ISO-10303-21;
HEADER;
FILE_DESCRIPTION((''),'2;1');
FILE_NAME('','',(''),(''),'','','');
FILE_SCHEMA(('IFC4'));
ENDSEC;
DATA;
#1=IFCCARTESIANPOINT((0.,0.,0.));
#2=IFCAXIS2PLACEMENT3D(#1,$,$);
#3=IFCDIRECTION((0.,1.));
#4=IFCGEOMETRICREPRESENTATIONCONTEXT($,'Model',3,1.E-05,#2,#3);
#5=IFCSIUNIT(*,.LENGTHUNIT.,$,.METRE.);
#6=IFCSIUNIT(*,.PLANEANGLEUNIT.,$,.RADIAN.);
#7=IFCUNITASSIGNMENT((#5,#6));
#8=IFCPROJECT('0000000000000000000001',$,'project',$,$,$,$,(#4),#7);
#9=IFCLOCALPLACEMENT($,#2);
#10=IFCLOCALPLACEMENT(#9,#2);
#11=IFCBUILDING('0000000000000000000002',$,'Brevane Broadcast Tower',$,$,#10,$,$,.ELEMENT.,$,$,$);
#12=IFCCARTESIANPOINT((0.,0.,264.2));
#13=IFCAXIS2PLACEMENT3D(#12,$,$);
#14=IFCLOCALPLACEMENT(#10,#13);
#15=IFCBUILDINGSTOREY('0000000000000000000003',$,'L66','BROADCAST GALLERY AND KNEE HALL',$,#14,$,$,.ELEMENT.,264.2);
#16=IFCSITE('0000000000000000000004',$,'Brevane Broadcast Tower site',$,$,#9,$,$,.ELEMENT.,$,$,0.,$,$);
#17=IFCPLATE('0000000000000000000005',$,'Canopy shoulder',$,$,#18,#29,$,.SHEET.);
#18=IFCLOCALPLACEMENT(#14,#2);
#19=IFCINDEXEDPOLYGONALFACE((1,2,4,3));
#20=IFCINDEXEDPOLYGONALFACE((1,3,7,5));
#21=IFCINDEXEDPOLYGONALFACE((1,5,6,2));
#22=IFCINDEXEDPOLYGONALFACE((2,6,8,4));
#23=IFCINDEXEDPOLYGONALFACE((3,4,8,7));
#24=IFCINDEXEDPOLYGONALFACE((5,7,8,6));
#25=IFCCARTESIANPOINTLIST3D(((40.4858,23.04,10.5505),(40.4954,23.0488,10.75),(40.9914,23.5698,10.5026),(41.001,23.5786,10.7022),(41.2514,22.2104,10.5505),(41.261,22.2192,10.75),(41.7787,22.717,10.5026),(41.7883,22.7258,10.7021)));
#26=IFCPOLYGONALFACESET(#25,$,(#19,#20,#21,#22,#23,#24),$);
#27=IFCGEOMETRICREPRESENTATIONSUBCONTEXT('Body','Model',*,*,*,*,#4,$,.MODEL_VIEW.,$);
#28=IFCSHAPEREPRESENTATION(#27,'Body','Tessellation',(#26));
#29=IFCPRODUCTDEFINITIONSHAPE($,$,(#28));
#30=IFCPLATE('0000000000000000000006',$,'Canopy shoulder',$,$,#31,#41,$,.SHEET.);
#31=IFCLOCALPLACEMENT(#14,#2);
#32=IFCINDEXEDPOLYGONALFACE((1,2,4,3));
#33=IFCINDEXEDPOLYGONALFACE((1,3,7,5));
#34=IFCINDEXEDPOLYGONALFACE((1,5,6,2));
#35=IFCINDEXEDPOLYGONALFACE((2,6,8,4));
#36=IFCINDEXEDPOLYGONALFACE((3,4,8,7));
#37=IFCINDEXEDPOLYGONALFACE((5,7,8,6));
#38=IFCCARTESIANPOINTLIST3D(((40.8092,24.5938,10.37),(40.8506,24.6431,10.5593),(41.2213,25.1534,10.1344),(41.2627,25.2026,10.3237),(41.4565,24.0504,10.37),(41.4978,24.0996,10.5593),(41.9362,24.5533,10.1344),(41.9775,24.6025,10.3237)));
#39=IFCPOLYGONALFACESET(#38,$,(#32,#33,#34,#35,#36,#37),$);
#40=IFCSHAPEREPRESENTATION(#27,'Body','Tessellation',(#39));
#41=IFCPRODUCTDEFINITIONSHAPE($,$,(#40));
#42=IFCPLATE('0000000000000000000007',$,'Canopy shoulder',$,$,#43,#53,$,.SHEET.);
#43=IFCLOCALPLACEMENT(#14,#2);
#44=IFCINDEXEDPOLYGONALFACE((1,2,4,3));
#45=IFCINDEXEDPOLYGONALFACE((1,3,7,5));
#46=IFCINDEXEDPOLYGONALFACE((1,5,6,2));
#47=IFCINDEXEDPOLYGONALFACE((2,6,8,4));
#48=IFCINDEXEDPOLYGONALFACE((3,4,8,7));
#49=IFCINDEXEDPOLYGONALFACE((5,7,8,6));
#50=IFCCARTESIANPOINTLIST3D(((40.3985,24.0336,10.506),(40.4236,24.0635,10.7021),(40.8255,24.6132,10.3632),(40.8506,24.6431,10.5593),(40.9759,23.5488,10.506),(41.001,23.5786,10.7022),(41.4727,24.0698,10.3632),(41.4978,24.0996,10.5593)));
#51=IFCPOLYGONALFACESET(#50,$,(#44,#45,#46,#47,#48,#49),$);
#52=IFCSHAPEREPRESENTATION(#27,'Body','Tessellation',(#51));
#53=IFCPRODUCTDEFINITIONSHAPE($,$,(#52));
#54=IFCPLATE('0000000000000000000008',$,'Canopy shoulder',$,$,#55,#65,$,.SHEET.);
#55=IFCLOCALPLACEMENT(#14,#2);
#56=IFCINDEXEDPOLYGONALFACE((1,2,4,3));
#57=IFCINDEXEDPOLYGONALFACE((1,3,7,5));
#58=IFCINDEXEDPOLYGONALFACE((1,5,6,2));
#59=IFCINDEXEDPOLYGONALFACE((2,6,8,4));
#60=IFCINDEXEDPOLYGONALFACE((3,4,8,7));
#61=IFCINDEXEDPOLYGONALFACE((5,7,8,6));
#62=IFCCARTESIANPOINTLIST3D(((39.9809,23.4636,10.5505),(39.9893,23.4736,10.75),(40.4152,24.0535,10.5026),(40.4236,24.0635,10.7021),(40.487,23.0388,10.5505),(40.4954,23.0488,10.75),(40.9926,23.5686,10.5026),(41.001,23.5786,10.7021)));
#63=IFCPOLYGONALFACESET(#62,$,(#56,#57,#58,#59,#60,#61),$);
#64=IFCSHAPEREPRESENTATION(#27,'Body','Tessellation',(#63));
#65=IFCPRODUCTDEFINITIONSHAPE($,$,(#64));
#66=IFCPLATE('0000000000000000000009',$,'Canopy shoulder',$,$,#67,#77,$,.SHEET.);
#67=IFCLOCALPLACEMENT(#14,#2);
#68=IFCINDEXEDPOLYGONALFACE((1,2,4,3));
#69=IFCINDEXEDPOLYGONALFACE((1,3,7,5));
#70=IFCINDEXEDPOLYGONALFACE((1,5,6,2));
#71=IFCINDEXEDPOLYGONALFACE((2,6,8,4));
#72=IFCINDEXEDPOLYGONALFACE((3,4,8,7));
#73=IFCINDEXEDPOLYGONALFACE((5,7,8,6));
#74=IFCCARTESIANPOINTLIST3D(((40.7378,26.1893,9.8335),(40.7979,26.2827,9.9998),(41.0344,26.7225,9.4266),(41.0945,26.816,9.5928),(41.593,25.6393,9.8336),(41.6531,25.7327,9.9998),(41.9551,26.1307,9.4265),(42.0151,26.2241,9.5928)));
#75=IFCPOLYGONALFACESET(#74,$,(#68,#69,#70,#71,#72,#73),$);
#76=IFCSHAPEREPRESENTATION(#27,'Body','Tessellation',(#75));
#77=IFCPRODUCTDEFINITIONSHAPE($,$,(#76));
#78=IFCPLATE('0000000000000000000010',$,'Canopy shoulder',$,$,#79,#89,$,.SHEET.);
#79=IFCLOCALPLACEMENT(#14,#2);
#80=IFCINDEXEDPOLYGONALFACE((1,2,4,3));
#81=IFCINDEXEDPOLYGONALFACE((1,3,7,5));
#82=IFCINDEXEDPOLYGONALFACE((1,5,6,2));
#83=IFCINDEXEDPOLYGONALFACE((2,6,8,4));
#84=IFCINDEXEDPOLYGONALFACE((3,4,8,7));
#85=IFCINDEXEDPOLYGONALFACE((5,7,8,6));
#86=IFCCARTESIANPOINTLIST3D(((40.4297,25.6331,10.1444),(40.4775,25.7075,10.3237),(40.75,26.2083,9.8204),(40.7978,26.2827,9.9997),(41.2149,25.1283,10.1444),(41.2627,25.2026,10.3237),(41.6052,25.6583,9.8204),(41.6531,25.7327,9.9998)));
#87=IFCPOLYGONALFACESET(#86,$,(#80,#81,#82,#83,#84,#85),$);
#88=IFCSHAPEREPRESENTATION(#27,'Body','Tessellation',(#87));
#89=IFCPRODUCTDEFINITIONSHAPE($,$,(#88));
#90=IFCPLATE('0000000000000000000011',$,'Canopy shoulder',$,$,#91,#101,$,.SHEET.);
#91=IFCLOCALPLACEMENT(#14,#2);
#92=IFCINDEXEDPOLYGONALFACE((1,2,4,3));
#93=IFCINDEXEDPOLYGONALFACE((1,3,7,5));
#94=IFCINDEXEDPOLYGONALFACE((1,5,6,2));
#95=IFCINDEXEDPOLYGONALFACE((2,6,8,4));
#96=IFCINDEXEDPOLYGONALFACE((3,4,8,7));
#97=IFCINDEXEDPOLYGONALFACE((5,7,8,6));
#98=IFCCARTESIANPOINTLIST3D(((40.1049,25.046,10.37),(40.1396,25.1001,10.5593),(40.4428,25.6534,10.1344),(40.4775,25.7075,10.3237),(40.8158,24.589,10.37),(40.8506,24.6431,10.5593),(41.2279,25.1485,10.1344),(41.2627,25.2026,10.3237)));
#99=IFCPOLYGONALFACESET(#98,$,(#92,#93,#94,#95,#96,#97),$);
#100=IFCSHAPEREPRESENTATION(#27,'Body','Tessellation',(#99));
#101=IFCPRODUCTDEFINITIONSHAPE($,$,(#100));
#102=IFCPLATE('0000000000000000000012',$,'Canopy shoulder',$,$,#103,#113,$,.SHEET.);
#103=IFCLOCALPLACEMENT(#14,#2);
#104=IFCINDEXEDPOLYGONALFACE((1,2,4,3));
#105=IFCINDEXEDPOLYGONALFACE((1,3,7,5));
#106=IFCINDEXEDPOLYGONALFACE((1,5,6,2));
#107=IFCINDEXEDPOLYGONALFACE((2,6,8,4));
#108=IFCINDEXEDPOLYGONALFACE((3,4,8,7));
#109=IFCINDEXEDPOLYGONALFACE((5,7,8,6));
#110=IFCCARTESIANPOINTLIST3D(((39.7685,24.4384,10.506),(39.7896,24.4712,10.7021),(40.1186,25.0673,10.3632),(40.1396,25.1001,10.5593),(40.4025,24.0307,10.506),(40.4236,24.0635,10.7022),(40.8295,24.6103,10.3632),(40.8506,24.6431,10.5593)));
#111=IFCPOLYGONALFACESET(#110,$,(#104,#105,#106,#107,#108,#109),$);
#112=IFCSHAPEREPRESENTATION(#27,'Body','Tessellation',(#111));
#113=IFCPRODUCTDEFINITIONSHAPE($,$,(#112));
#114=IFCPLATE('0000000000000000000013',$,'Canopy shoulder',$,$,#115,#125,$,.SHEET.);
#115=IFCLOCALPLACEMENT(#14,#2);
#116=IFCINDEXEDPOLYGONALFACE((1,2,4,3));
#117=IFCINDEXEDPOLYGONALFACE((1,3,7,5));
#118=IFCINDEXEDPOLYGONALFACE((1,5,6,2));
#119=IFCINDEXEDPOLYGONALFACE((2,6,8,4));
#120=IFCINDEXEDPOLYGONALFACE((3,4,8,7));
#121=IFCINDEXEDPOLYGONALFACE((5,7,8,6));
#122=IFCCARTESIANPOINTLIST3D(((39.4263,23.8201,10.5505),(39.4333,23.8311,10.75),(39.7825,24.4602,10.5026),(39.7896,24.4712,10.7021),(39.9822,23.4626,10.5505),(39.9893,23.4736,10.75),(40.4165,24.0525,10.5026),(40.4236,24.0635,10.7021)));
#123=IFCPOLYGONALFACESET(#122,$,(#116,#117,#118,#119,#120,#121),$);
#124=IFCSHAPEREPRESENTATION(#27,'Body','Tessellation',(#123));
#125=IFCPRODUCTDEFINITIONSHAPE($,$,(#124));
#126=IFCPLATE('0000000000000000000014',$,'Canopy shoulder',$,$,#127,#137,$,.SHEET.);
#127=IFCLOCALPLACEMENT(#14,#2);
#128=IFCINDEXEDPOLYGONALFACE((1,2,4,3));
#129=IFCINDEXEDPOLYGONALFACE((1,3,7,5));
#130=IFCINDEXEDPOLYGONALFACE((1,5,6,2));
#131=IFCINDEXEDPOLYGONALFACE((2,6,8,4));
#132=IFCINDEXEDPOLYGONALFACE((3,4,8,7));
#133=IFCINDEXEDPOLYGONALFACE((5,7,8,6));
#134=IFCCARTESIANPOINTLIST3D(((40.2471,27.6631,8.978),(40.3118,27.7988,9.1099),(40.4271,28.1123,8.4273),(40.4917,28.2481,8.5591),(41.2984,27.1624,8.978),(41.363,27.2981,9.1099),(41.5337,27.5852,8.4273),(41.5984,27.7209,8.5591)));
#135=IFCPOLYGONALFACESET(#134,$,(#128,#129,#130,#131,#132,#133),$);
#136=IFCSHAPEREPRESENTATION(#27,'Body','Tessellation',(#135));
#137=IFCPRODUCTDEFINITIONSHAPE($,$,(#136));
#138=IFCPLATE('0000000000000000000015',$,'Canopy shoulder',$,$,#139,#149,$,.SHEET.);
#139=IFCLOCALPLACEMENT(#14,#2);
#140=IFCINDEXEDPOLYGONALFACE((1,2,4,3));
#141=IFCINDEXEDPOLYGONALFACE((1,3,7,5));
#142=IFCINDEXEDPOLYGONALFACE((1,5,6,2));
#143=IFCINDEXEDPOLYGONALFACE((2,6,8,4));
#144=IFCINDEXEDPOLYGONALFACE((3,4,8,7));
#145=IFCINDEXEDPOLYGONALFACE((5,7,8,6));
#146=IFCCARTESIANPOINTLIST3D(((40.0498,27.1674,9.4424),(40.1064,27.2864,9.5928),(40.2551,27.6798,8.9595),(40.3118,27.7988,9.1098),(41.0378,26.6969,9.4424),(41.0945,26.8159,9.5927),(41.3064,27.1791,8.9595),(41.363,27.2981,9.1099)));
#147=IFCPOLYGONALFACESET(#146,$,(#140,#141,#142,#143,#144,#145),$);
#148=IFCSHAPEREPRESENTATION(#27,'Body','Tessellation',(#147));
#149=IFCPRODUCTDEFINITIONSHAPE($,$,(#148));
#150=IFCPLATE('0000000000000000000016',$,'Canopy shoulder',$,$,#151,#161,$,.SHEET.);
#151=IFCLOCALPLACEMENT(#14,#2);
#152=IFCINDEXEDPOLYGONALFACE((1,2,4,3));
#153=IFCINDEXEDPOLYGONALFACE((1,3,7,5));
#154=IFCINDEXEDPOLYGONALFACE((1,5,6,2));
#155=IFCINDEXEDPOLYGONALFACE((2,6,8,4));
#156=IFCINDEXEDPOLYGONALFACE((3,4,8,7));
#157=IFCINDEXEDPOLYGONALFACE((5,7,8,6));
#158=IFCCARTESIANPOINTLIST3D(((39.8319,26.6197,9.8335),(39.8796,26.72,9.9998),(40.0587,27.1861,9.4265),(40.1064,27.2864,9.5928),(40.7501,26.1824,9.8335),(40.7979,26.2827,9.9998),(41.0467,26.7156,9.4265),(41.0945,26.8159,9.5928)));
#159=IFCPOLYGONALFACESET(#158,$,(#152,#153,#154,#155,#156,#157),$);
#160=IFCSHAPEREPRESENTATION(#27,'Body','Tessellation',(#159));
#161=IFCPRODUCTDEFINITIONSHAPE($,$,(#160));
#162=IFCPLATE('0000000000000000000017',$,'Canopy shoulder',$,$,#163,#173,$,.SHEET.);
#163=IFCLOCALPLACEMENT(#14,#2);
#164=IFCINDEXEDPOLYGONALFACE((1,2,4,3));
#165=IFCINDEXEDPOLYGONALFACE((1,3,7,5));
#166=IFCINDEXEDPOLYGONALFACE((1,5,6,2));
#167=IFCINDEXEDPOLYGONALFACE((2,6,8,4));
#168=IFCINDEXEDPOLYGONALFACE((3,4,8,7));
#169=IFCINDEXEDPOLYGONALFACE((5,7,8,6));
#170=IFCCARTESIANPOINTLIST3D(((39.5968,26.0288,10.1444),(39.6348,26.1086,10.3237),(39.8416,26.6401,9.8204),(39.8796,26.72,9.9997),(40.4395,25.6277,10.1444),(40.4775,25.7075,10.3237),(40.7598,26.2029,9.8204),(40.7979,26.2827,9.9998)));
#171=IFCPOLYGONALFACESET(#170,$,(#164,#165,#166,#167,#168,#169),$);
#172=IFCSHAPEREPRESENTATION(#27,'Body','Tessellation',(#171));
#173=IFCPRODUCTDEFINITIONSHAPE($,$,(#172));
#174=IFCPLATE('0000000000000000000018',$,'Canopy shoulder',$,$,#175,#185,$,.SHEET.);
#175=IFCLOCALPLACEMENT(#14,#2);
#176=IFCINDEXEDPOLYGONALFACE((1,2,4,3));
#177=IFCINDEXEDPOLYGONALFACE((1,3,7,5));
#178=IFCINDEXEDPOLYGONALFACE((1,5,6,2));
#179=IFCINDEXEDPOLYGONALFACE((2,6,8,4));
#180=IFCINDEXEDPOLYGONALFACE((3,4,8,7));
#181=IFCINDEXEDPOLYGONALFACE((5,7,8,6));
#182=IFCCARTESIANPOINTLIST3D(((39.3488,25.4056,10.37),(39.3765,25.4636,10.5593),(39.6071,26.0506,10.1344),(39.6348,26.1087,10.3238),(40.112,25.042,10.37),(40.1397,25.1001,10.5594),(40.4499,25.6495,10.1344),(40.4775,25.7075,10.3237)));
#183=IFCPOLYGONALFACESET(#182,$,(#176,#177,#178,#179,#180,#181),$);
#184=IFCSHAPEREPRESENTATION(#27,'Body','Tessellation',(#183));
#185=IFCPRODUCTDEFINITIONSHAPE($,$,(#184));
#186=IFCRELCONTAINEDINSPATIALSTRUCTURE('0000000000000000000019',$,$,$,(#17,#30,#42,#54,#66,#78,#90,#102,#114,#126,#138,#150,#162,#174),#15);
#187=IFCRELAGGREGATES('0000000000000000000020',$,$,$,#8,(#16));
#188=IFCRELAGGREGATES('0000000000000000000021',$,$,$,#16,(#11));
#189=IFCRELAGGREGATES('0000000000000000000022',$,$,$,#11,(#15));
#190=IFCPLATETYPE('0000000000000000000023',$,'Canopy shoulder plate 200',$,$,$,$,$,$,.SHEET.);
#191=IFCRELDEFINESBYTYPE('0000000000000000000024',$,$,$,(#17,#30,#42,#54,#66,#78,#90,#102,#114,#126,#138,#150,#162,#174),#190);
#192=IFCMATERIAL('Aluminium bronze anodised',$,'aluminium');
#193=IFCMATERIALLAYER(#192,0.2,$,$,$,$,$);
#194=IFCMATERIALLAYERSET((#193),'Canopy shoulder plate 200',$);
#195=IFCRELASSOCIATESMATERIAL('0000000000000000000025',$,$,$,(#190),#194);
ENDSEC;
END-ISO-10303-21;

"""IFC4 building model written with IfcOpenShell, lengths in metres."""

from ifc_helpers import new_model, si_unit, direction, frame, origin, place, context, subcontext, project, spatial, polyline, outline, extrude, material, layer, layer_set, type_object, element, save


model = new_model("IFC4")

# Units and contexts
model_context = context("Model", 3, precision=1e-05, world=origin(), true_north=direction((0.0, 1.0)))
body_context = subcontext(model_context, "Body", "Model", "MODEL_VIEW")
ifc_project = project(units=[si_unit("LENGTHUNIT", "METRE"), si_unit("PLANEANGLEUNIT", "RADIAN")], contexts=[model_context])

# Site, building, storey
site_placement = place(None, origin())
site = spatial("IfcSite", under=ifc_project, at=site_placement, Name="Brevane Broadcast Tower site", CompositionType="ELEMENT", RefElevation=0.0)
building_placement = place(site_placement, origin())
building = spatial("IfcBuilding", under=site, at=building_placement, Name="Brevane Broadcast Tower", CompositionType="ELEMENT")
storey_placement = place(building_placement, frame((0.0, 0.0, 264.2)))
storey = spatial("IfcBuildingStorey", under=building, at=storey_placement, Name="L66", Description="BROADCAST GALLERY AND KNEE HALL", CompositionType="ELEMENT", Elevation=264.2)

# Plates
ifc_material = material(Name="Aluminium bronze anodised", Category="aluminium")
ifc_layer = layer(ifc_material, 0.2)
ifc_layer_set = layer_set([ifc_layer], Name="Canopy shoulder plate 200")
plate_type = type_object("IfcPlateType", Name="Canopy shoulder plate 200", PredefinedType="SHEET", material=ifc_layer_set)
plate_1_placement = place(storey_placement, frame((41.7883, 22.7258, 10.7021), z_axis=(0.047998, 0.044307, 0.997864), x_axis=(-0.678358, 0.734731, 0.000007)))
element("IfcPlate", 1, at=plate_1_placement, inside=storey, type_object=plate_type, Name="Canopy shoulder", PredefinedType="SHEET", context=body_context, shape_type="SweptSolid", body=[
    extrude(outline(polyline([(0.0, 0.0), (1.1607, 0.0), (1.1144, 0.7324), (-0.0145, 0.7327), (0.0, 0.0)])), origin(), (0.0, 0.0, -1.0), 0.2),
])
plate_2_placement = place(storey_placement, frame((41.9775, 24.6025, 10.3237), z_axis=(0.206806, 0.246322, 0.946867), x_axis=(-0.765897, 0.642963, 0.000017)))
element("IfcPlate", 2, at=plate_2_placement, inside=storey, type_object=plate_type, Name="Canopy shoulder", PredefinedType="SHEET", context=body_context, shape_type="SweptSolid", body=[
    extrude(outline(polyline([(0.0, 0.0), (0.9333, 0.0), (0.8892, 0.7325), (0.0441, 0.7326), (0.0, 0.0)])), origin(), (0.0, 0.0, -1.0), 0.2),
])
plate_3_placement = place(storey_placement, frame((41.4978, 24.0996, 10.5593), z_axis=(0.125381, 0.149314, 0.980808), x_axis=(-0.765824, 0.64305, 0.000003)))
element("IfcPlate", 3, at=plate_3_placement, inside=storey, type_object=plate_type, Name="Canopy shoulder", PredefinedType="SHEET", context=body_context, shape_type="SweptSolid", body=[
    extrude(outline(polyline([(0.0, 0.0), (0.8451, 0.0), (0.7994, 0.7325), (0.0455, 0.7325), (0.0, 0.0)])), origin(), (0.0, 0.0, -1.0), 0.2),
])
plate_4_placement = place(storey_placement, frame((41.001, 23.5786, 10.7021), z_axis=(0.042005, 0.050031, 0.997864), x_axis=(-0.765801, 0.643078, -0.000007)))
element("IfcPlate", 4, at=plate_4_placement, inside=storey, type_object=plate_type, Name="Canopy shoulder", PredefinedType="SHEET", context=body_context, shape_type="SweptSolid", body=[
    extrude(outline(polyline([(0.0, 0.0), (0.754, 0.0), (0.7073, 0.7326), (0.0465, 0.7324), (0.0, 0.0)])), origin(), (0.0, 0.0, -1.0), 0.2),
])
plate_5_placement = place(storey_placement, frame((42.0151, 26.2241, 9.5928), z_axis=(0.30048, 0.467328, 0.831455), x_axis=(-0.84118, 0.540756, 0.000057)))
element("IfcPlate", 5, at=plate_5_placement, inside=storey, type_object=plate_type, Name="Canopy shoulder", PredefinedType="SHEET", context=body_context, shape_type="SweptSolid", body=[
    extrude(outline(polyline([(0.0, 0.0), (1.0945, 0.0), (1.0557, 0.7324), (0.0388, 0.7326), (0.0, 0.0)])), origin(), (0.0, 0.0, -1.0), 0.2),
])
plate_6_placement = place(storey_placement, frame((41.6531, 25.7327, 9.9998), z_axis=(0.239222, 0.371981, 0.896885), x_axis=(-0.841066, 0.540932, -0.000017)))
element("IfcPlate", 6, at=plate_6_placement, inside=storey, type_object=plate_type, Name="Canopy shoulder", PredefinedType="SHEET", context=body_context, shape_type="SweptSolid", body=[
    extrude(outline(polyline([(0.0, 0.0), (1.0168, 0.0), (0.9751, 0.7326), (0.0416, 0.7325), (0.0, 0.0)])), origin(), (0.0, 0.0, -1.0), 0.2),
])
plate_7_placement = place(storey_placement, frame((41.2627, 25.2026, 10.3237), z_axis=(0.173936, 0.270528, 0.946869), x_axis=(-0.841114, 0.540858, -0.000018)))
element("IfcPlate", 7, at=plate_7_placement, inside=storey, type_object=plate_type, Name="Canopy shoulder", PredefinedType="SHEET", context=body_context, shape_type="SweptSolid", body=[
    extrude(outline(polyline([(0.0, 0.0), (0.9335, 0.0), (0.8891, 0.7326), (0.044, 0.7325), (0.0, 0.0)])), origin(), (0.0, 0.0, -1.0), 0.2),
])
plate_8_placement = place(storey_placement, frame((40.8506, 24.6431, 10.5593), z_axis=(0.105454, 0.164016, 0.980805), x_axis=(-0.841177, 0.54076, 0.000012)))
element("IfcPlate", 8, at=plate_8_placement, inside=storey, type_object=plate_type, Name="Canopy shoulder", PredefinedType="SHEET", context=body_context, shape_type="SweptSolid", body=[
    extrude(outline(polyline([(0.0, 0.0), (0.8452, 0.0), (0.7996, 0.7324), (0.0458, 0.7325), (0.0, 0.0)])), origin(), (0.0, 0.0, -1.0), 0.2),
])
plate_9_placement = place(storey_placement, frame((40.4236, 24.0635, 10.7021), z_axis=(0.035326, 0.054938, 0.997865), x_axis=(-0.841105, 0.540872, -0.000002)))
element("IfcPlate", 9, at=plate_9_placement, inside=storey, type_object=plate_type, Name="Canopy shoulder", PredefinedType="SHEET", context=body_context, shape_type="SweptSolid", body=[
    extrude(outline(polyline([(0.0, 0.0), (0.7538, 0.0), (0.7072, 0.7326), (0.0463, 0.7326), (0.0, 0.0)])), origin(), (0.0, 0.0, -1.0), 0.2),
])
plate_10_placement = place(storey_placement, frame((41.5984, 27.7209, 8.5591), z_axis=(0.323322, 0.678822, 0.659291), x_axis=(-0.902825, 0.430009, 0.000005)))
element("IfcPlate", 10, at=plate_10_placement, inside=storey, type_object=plate_type, Name="Canopy shoulder", PredefinedType="SHEET", context=body_context, shape_type="SweptSolid", body=[
    extrude(outline(polyline([(0.0, 0.0), (1.2258, 0.0), (1.1951, 0.7325), (0.0307, 0.7325), (0.0, 0.0)])), origin(), (0.0, 0.0, -1.0), 0.2),
])
plate_11_placement = place(storey_placement, frame((41.363, 27.2981, 9.1099), z_axis=(0.283433, 0.595152, 0.75197), x_axis=(-0.902829, 0.429999, -0.000031)))
element("IfcPlate", 11, at=plate_11_placement, inside=storey, type_object=plate_type, Name="Canopy shoulder", PredefinedType="SHEET", context=body_context, shape_type="SweptSolid", body=[
    extrude(outline(polyline([(0.0, 0.0), (1.1644, 0.0), (1.1294, 0.7326), (0.0351, 0.7325), (0.0, 0.0)])), origin(), (0.0, 0.0, -1.0), 0.2),
])
plate_12_placement = place(storey_placement, frame((41.0945, 26.8159, 9.5928), z_axis=(0.2389, 0.501704, 0.831396), x_axis=(-0.90287, 0.429913, 0.000009)))
element("IfcPlate", 12, at=plate_12_placement, inside=storey, type_object=plate_type, Name="Canopy shoulder", PredefinedType="SHEET", context=body_context, shape_type="SweptSolid", body=[
    extrude(outline(polyline([(0.0, 0.0), (1.0943, 0.0), (1.0556, 0.7324), (0.0386, 0.7324), (0.0, 0.0)])), origin(), (0.0, 0.0, -1.0), 0.2),
])
plate_13_placement = place(storey_placement, frame((40.7979, 26.2827, 9.9998), z_axis=(0.19008, 0.399257, 0.896919), x_axis=(-0.902864, 0.429926, -0.000038)))
element("IfcPlate", 13, at=plate_13_placement, inside=storey, type_object=plate_type, Name="Canopy shoulder", PredefinedType="SHEET", context=body_context, shape_type="SweptSolid", body=[
    extrude(outline(polyline([(0.0, 0.0), (1.017, 0.0), (0.9753, 0.7327), (0.0419, 0.7326), (0.0, 0.0)])), origin(), (0.0, 0.0, -1.0), 0.2),
])
plate_14_placement = place(storey_placement, frame((40.4775, 25.7075, 10.3237), z_axis=(0.138272, 0.290406, 0.946861), x_axis=(-0.902936, 0.429774, 0.000044)))
element("IfcPlate", 14, at=plate_14_placement, inside=storey, type_object=plate_type, Name="Canopy shoulder", PredefinedType="SHEET", context=body_context, shape_type="SweptSolid", body=[
    extrude(outline(polyline([(0.0, 0.0), (0.9334, 0.0), (0.8894, 0.7324), (0.044, 0.7326), (0.0, 0.0)])), origin(), (0.0, 0.0, -1.0), 0.2),
])

save(model, "model.ifc")
